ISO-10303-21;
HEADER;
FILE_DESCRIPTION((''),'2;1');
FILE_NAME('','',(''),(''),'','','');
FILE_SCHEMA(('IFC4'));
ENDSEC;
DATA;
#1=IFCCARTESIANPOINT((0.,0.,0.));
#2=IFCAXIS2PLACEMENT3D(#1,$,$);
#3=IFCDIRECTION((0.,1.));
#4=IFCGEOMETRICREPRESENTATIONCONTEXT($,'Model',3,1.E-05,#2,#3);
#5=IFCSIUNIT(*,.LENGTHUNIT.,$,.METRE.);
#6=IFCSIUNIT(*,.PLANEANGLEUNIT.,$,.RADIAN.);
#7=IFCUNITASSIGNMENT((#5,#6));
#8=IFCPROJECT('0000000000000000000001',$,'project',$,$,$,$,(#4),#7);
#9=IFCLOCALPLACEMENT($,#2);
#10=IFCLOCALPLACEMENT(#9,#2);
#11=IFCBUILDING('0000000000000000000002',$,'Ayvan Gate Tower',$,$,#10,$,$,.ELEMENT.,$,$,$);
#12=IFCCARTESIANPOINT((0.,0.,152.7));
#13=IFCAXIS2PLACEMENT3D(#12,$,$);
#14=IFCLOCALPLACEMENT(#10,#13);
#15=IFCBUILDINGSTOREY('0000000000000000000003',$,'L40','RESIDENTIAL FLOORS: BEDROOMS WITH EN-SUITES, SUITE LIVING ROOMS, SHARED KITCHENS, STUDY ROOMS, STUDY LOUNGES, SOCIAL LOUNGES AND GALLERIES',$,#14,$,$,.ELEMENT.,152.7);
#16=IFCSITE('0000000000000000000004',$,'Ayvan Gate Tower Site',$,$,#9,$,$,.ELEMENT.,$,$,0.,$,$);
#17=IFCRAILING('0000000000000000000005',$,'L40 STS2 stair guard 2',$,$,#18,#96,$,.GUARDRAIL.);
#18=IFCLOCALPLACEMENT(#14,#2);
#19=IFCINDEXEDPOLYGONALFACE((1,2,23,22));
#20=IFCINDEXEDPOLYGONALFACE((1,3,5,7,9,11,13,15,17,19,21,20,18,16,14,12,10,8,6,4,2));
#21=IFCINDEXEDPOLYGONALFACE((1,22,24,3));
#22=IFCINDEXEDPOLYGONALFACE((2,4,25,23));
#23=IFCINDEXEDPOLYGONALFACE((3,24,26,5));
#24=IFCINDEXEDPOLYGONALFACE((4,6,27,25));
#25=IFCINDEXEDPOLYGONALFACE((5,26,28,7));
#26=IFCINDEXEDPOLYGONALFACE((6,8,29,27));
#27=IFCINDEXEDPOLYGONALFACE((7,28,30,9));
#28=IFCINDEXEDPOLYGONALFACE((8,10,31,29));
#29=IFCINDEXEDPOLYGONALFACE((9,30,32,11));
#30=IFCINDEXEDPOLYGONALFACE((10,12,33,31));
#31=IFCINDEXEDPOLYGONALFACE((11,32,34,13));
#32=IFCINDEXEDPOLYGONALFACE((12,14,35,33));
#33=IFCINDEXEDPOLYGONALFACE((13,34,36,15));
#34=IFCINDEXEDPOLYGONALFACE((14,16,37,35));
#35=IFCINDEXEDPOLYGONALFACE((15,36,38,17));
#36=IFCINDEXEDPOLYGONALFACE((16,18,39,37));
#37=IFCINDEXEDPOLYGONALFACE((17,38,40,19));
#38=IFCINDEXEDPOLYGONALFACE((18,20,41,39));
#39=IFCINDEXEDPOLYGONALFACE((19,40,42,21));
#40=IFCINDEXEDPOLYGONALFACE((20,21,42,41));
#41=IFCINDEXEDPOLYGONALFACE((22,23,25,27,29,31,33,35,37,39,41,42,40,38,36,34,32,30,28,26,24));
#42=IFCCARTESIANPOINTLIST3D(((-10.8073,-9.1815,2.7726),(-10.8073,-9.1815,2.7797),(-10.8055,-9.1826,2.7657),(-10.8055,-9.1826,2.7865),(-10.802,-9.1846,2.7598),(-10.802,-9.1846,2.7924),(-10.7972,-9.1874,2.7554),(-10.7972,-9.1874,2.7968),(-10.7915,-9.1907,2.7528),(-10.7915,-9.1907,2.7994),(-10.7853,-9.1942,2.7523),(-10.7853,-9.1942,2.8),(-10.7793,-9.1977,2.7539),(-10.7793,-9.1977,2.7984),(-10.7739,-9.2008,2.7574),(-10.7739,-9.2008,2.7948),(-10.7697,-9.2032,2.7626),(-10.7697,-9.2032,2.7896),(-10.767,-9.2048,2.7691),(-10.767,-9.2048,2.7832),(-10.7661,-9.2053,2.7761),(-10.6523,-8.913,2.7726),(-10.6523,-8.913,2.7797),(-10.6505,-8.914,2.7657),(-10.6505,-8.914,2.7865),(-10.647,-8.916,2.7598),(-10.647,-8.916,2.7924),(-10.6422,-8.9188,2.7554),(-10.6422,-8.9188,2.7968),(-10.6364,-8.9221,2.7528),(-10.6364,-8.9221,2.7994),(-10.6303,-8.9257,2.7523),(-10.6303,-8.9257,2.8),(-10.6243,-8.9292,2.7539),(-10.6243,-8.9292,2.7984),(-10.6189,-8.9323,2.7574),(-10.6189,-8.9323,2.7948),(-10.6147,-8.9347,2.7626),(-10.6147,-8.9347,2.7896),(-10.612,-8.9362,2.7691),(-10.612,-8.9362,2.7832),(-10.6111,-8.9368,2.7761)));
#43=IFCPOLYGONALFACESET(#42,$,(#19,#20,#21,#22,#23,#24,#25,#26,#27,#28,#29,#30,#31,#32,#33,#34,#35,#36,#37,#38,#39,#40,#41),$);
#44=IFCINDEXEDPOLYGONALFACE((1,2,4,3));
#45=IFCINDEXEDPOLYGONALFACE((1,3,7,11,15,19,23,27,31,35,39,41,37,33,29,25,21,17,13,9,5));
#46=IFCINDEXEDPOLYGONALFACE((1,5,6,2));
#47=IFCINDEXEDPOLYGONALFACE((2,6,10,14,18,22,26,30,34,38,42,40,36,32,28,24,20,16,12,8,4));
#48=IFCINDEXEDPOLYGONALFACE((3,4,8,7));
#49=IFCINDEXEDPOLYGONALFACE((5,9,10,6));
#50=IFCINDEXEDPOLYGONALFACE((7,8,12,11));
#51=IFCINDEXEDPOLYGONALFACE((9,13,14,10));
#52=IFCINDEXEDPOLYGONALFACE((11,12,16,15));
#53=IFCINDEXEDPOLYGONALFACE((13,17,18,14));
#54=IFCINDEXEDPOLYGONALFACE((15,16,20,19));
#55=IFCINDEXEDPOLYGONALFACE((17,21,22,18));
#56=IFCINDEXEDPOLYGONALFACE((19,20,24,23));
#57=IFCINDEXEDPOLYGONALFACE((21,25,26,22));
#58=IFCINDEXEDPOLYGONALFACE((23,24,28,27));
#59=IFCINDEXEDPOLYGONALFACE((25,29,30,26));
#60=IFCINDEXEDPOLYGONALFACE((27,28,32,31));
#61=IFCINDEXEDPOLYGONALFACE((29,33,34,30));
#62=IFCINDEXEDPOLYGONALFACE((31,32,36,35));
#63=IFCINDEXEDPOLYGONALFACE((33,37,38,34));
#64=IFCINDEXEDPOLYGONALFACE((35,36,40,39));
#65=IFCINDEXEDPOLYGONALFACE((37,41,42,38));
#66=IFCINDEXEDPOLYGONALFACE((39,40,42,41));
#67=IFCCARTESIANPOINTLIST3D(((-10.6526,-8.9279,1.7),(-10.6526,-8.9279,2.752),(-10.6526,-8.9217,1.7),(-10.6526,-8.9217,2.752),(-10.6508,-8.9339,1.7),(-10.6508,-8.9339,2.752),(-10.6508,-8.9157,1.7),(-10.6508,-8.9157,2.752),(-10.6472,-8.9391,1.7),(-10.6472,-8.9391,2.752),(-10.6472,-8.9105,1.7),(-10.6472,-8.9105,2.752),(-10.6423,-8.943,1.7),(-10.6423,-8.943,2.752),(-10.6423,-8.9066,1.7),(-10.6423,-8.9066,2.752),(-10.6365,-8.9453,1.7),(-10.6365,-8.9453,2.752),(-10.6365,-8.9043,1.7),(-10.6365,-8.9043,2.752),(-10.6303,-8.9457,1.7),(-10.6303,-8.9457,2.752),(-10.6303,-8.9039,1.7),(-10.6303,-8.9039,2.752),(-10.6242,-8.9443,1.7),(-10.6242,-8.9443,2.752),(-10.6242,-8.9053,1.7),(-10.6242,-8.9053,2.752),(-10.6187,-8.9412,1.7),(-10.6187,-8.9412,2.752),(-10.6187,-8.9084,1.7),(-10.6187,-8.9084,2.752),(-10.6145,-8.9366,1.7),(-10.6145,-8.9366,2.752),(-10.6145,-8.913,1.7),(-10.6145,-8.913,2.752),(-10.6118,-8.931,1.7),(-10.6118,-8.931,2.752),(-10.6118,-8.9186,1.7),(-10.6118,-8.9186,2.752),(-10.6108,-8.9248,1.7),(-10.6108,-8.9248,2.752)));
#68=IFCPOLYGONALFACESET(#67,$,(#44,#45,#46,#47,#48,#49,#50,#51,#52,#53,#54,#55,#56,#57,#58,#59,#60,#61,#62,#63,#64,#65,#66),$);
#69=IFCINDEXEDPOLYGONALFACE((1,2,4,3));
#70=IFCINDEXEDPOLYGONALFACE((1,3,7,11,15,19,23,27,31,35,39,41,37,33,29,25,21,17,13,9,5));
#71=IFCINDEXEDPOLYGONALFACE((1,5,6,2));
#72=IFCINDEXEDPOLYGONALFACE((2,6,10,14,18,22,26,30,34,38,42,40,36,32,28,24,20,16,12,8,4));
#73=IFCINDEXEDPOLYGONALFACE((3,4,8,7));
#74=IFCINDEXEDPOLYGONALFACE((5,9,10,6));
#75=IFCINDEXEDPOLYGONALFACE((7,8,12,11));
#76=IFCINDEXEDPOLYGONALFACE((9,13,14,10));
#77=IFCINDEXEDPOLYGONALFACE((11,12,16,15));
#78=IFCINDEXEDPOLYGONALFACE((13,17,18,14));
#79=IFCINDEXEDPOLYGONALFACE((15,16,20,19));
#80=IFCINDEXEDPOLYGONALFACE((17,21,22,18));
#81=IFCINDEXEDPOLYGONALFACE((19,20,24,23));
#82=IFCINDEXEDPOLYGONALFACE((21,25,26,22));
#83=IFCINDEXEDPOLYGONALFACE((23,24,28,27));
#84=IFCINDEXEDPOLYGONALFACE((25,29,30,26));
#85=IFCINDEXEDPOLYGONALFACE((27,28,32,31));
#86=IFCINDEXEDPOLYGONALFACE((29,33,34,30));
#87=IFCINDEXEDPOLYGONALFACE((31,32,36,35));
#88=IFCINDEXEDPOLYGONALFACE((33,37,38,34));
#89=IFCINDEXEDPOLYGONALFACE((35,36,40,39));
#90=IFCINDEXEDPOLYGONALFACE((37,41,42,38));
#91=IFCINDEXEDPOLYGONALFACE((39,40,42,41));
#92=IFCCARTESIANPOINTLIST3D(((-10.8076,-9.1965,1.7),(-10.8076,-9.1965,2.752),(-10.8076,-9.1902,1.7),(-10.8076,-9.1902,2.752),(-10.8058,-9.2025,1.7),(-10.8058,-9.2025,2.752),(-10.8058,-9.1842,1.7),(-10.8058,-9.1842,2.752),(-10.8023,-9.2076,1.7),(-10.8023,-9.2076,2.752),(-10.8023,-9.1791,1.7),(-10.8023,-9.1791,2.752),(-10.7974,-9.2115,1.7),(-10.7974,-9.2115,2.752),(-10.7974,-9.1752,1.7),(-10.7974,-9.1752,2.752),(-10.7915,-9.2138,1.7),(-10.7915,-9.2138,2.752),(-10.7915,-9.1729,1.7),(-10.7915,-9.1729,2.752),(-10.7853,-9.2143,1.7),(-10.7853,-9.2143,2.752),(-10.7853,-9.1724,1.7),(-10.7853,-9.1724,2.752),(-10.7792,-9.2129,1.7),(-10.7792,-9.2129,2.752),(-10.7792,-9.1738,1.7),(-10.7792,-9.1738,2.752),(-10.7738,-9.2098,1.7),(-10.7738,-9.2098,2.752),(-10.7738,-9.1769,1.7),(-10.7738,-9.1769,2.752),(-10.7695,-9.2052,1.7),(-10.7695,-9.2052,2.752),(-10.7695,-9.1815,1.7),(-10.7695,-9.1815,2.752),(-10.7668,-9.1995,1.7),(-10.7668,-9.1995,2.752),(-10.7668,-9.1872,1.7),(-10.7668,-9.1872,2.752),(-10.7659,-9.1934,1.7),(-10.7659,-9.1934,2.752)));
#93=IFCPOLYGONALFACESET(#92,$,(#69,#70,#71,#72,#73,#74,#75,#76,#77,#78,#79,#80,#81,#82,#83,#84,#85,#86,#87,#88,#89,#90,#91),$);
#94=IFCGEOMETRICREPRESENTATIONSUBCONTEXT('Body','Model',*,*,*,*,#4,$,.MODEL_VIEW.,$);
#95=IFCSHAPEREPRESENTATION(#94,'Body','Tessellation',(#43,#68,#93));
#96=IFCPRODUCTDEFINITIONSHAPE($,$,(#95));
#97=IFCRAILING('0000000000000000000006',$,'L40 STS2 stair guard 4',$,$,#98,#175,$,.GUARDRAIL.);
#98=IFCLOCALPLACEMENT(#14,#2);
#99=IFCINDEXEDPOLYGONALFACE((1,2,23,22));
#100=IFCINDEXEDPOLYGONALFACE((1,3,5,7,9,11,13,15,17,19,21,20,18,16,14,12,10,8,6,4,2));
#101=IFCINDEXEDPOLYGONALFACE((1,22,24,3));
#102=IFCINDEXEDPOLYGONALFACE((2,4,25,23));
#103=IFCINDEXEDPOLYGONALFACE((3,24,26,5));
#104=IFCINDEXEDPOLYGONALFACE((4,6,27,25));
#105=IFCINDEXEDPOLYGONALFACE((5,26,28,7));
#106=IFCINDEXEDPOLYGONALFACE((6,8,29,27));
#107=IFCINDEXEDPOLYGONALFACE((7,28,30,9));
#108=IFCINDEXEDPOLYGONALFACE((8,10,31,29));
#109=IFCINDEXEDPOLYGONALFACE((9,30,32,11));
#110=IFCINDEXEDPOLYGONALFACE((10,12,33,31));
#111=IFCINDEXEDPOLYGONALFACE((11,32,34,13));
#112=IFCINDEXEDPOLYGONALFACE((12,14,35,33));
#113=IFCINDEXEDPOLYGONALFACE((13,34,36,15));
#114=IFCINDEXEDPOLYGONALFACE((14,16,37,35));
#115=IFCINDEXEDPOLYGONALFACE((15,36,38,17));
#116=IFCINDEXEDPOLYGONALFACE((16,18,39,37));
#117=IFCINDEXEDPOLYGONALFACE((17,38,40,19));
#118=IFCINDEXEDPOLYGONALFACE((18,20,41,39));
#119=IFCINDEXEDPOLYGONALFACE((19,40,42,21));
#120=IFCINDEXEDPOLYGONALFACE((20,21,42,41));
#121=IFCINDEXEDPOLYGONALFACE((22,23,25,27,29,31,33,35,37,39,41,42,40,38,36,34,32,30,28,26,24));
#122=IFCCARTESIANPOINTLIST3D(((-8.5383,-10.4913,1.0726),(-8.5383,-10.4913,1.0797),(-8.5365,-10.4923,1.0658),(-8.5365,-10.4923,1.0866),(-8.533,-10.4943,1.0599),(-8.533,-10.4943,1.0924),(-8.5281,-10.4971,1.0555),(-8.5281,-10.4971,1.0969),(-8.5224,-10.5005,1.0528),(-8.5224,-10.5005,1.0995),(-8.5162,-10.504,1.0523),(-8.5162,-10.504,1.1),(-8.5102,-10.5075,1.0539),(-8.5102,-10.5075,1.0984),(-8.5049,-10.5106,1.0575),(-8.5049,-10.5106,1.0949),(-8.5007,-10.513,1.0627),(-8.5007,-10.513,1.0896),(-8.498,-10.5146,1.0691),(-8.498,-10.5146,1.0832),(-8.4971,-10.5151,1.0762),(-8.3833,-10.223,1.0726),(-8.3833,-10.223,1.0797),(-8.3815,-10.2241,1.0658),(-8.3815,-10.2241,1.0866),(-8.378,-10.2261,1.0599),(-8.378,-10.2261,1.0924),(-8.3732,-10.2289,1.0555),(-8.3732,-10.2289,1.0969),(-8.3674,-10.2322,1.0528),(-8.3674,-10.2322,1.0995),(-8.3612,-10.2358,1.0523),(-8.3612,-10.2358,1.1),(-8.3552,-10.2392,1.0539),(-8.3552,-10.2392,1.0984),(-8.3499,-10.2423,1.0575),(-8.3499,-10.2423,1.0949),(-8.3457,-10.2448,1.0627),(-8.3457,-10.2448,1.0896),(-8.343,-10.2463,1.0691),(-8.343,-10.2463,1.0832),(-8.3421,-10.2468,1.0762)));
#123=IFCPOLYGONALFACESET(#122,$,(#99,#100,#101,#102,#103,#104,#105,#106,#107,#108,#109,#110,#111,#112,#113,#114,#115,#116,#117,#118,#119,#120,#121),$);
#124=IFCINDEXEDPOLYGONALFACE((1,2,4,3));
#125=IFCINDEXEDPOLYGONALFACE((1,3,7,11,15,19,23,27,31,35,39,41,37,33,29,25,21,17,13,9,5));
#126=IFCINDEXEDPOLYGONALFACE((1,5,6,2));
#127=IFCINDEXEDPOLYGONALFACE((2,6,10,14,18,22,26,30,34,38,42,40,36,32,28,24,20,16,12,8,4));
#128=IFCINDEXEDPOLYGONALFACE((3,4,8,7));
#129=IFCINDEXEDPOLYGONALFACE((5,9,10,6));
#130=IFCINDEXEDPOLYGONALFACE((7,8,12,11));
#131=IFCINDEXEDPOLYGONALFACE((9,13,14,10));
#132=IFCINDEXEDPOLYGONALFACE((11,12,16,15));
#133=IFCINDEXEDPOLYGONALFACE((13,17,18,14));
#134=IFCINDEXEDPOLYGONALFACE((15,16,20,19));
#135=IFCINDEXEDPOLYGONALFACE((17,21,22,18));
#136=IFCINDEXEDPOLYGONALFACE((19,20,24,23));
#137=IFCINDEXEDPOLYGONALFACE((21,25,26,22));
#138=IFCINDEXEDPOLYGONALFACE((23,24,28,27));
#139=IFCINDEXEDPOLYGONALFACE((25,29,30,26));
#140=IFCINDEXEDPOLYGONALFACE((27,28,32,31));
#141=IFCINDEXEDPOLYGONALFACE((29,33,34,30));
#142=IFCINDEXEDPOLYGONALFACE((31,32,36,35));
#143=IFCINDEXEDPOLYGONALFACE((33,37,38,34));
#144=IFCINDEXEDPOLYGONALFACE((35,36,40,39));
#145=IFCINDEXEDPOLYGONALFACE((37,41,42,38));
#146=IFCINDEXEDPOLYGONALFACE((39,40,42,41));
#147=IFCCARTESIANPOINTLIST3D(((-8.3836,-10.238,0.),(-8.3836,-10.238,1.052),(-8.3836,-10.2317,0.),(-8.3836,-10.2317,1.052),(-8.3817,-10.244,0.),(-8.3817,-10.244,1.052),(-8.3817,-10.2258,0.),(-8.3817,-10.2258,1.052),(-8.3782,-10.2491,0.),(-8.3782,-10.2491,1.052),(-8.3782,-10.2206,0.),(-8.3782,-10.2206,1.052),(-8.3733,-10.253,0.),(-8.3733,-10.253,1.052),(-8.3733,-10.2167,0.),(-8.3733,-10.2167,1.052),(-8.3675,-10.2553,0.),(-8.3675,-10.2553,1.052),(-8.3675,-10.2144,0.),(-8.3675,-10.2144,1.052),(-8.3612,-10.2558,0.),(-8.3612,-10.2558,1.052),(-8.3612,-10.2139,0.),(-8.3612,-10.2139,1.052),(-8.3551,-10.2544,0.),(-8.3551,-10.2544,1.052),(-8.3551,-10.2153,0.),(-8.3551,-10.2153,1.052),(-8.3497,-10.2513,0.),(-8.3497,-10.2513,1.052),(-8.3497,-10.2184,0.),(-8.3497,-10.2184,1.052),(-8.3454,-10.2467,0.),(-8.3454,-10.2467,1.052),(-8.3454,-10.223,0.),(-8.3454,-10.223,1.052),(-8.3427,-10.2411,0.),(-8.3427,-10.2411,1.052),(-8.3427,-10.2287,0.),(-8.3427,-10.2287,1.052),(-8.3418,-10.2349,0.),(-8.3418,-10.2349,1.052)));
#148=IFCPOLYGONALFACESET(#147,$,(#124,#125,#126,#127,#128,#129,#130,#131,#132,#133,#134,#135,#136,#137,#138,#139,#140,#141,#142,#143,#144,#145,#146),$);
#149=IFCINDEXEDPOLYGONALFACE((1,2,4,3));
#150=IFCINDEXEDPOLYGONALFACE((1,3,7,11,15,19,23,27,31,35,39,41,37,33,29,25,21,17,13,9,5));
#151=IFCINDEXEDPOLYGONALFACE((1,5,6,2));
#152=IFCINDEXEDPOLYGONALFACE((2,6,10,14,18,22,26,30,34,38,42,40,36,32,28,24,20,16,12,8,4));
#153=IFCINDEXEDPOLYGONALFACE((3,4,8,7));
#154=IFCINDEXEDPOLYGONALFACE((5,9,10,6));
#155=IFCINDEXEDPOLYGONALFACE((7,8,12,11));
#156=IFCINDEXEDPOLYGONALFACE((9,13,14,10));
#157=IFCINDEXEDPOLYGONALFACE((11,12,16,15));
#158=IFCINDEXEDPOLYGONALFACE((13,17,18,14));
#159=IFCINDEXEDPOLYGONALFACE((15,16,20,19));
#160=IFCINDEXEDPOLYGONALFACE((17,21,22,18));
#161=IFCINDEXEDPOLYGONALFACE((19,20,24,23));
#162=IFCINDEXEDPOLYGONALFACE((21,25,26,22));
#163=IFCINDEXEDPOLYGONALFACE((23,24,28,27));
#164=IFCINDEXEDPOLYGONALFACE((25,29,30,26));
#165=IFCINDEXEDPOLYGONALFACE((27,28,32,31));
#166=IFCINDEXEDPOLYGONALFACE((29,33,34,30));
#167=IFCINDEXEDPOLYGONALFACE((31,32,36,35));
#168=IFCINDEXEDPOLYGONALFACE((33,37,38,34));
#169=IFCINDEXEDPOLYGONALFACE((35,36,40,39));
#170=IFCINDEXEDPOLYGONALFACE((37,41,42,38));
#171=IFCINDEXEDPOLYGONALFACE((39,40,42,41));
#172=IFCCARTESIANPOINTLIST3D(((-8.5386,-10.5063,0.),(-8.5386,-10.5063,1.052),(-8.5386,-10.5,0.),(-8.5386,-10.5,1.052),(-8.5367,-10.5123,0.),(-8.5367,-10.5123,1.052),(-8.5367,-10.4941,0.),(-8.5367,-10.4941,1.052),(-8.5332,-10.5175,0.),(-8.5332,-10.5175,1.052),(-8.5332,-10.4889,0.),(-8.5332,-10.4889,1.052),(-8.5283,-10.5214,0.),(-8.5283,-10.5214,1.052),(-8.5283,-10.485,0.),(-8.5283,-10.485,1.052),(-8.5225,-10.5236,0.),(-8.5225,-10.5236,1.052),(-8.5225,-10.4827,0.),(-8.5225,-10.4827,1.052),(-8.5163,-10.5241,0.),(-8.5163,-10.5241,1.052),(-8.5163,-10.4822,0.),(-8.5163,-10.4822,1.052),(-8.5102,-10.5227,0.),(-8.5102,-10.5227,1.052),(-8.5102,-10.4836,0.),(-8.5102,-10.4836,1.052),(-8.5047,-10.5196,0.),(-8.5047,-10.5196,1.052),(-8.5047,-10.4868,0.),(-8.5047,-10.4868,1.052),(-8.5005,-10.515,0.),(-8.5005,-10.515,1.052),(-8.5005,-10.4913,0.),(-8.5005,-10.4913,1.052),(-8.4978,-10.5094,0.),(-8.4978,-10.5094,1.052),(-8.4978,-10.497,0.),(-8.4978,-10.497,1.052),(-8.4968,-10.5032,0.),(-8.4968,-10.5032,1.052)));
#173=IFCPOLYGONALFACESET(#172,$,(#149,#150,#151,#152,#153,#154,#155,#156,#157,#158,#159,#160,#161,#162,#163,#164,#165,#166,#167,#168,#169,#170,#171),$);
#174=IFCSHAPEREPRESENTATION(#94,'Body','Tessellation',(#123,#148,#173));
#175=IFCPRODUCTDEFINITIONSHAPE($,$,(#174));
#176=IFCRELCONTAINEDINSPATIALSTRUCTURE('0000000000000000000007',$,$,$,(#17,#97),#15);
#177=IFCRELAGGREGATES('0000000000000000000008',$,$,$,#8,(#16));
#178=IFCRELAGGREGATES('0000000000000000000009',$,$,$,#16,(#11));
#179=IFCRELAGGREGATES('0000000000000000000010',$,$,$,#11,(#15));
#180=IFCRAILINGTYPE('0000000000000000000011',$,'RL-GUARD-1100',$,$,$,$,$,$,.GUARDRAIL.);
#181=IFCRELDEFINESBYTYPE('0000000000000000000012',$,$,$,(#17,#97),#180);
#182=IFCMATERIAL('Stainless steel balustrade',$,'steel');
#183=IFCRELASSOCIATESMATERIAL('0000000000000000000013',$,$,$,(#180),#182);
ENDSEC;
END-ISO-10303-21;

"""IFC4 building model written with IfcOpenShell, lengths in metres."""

from ifc_helpers import new_model, si_unit, direction, frame, origin, origin_2d, place, context, subcontext, project, spatial, circle, extrude, material, type_object, element, save


model = new_model("IFC4")

# Units and contexts
model_context = context("Model", 3, precision=1e-05, world=origin(), true_north=direction((0.0, 1.0)))
body_context = subcontext(model_context, "Body", "Model", "MODEL_VIEW")
ifc_project = project(units=[si_unit("LENGTHUNIT", "METRE"), si_unit("PLANEANGLEUNIT", "RADIAN")], contexts=[model_context])

# Site, building, storey
site_placement = place(None, origin())
site = spatial("IfcSite", under=ifc_project, at=site_placement, Name="Ayvan Gate Tower Site", CompositionType="ELEMENT", RefElevation=0.0)
building_placement = place(site_placement, origin())
building = spatial("IfcBuilding", under=site, at=building_placement, Name="Ayvan Gate Tower", CompositionType="ELEMENT")
storey_placement = place(building_placement, frame((0.0, 0.0, 152.7)))
storey = spatial("IfcBuildingStorey", under=building, at=storey_placement, Name="L40", Description="RESIDENTIAL FLOORS: BEDROOMS WITH EN-SUITES, SUITE LIVING ROOMS, SHARED KITCHENS, STUDY ROOMS, STUDY LOUNGES, SOCIAL LOUNGES AND GALLERIES", CompositionType="ELEMENT", Elevation=152.7)

# Railings
ifc_material_1 = material(Name="Stainless steel balustrade", Category="steel")
railing_type_1 = type_object("IfcRailingType", Name="RL-GUARD-1100", PredefinedType="GUARDRAIL", material=ifc_material_1)
railing_1_placement = place(storey_placement, frame((-10.6318, -8.9248, 1.7)))
element("IfcRailing", 1, at=railing_1_placement, inside=storey, type_object=railing_type_1, Name="L40 STS2 stair guard 2", PredefinedType="GUARDRAIL", context=body_context, shape_type="SweptSolid", body=[
    extrude(circle(Radius=0.0239, at=origin_2d()), frame((0.0, 0.0, 1.0762), z_axis=(-0.49995, -0.866054, 0.0), x_axis=(0.866054, -0.49995, 0.0)), (0.0, 0.0, 1.0), 0.3101),
    extrude(circle(Radius=0.021, at=origin_2d()), origin(), (0.0, 0.0, 1.0), 1.052),
    extrude(circle(Radius=0.021, at=origin_2d()), frame((-0.155, -0.2686, 0.0)), (0.0, 0.0, 1.0), 1.052),
])
railing_2_placement = place(storey_placement, frame((-8.3628, -10.2349, 0.0)))
element("IfcRailing", 2, at=railing_2_placement, inside=storey, type_object=railing_type_1, Name="L40 STS2 stair guard 4", PredefinedType="GUARDRAIL", context=body_context, shape_type="SweptSolid", body=[
    extrude(circle(Radius=0.0239, at=origin_2d()), frame((0.0, 0.0, 1.0762), z_axis=(-0.500291, -0.865857, 0.0), x_axis=(0.865857, -0.500291, 0.0)), (0.0, 0.0, 1.0), 0.3098),
    extrude(circle(Radius=0.021, at=origin_2d()), origin(), (0.0, 0.0, 1.0), 1.052),
    extrude(circle(Radius=0.021, at=origin_2d()), frame((-0.155, -0.2683, 0.0)), (0.0, 0.0, 1.0), 1.052),
])

save(model, "model.ifc")
